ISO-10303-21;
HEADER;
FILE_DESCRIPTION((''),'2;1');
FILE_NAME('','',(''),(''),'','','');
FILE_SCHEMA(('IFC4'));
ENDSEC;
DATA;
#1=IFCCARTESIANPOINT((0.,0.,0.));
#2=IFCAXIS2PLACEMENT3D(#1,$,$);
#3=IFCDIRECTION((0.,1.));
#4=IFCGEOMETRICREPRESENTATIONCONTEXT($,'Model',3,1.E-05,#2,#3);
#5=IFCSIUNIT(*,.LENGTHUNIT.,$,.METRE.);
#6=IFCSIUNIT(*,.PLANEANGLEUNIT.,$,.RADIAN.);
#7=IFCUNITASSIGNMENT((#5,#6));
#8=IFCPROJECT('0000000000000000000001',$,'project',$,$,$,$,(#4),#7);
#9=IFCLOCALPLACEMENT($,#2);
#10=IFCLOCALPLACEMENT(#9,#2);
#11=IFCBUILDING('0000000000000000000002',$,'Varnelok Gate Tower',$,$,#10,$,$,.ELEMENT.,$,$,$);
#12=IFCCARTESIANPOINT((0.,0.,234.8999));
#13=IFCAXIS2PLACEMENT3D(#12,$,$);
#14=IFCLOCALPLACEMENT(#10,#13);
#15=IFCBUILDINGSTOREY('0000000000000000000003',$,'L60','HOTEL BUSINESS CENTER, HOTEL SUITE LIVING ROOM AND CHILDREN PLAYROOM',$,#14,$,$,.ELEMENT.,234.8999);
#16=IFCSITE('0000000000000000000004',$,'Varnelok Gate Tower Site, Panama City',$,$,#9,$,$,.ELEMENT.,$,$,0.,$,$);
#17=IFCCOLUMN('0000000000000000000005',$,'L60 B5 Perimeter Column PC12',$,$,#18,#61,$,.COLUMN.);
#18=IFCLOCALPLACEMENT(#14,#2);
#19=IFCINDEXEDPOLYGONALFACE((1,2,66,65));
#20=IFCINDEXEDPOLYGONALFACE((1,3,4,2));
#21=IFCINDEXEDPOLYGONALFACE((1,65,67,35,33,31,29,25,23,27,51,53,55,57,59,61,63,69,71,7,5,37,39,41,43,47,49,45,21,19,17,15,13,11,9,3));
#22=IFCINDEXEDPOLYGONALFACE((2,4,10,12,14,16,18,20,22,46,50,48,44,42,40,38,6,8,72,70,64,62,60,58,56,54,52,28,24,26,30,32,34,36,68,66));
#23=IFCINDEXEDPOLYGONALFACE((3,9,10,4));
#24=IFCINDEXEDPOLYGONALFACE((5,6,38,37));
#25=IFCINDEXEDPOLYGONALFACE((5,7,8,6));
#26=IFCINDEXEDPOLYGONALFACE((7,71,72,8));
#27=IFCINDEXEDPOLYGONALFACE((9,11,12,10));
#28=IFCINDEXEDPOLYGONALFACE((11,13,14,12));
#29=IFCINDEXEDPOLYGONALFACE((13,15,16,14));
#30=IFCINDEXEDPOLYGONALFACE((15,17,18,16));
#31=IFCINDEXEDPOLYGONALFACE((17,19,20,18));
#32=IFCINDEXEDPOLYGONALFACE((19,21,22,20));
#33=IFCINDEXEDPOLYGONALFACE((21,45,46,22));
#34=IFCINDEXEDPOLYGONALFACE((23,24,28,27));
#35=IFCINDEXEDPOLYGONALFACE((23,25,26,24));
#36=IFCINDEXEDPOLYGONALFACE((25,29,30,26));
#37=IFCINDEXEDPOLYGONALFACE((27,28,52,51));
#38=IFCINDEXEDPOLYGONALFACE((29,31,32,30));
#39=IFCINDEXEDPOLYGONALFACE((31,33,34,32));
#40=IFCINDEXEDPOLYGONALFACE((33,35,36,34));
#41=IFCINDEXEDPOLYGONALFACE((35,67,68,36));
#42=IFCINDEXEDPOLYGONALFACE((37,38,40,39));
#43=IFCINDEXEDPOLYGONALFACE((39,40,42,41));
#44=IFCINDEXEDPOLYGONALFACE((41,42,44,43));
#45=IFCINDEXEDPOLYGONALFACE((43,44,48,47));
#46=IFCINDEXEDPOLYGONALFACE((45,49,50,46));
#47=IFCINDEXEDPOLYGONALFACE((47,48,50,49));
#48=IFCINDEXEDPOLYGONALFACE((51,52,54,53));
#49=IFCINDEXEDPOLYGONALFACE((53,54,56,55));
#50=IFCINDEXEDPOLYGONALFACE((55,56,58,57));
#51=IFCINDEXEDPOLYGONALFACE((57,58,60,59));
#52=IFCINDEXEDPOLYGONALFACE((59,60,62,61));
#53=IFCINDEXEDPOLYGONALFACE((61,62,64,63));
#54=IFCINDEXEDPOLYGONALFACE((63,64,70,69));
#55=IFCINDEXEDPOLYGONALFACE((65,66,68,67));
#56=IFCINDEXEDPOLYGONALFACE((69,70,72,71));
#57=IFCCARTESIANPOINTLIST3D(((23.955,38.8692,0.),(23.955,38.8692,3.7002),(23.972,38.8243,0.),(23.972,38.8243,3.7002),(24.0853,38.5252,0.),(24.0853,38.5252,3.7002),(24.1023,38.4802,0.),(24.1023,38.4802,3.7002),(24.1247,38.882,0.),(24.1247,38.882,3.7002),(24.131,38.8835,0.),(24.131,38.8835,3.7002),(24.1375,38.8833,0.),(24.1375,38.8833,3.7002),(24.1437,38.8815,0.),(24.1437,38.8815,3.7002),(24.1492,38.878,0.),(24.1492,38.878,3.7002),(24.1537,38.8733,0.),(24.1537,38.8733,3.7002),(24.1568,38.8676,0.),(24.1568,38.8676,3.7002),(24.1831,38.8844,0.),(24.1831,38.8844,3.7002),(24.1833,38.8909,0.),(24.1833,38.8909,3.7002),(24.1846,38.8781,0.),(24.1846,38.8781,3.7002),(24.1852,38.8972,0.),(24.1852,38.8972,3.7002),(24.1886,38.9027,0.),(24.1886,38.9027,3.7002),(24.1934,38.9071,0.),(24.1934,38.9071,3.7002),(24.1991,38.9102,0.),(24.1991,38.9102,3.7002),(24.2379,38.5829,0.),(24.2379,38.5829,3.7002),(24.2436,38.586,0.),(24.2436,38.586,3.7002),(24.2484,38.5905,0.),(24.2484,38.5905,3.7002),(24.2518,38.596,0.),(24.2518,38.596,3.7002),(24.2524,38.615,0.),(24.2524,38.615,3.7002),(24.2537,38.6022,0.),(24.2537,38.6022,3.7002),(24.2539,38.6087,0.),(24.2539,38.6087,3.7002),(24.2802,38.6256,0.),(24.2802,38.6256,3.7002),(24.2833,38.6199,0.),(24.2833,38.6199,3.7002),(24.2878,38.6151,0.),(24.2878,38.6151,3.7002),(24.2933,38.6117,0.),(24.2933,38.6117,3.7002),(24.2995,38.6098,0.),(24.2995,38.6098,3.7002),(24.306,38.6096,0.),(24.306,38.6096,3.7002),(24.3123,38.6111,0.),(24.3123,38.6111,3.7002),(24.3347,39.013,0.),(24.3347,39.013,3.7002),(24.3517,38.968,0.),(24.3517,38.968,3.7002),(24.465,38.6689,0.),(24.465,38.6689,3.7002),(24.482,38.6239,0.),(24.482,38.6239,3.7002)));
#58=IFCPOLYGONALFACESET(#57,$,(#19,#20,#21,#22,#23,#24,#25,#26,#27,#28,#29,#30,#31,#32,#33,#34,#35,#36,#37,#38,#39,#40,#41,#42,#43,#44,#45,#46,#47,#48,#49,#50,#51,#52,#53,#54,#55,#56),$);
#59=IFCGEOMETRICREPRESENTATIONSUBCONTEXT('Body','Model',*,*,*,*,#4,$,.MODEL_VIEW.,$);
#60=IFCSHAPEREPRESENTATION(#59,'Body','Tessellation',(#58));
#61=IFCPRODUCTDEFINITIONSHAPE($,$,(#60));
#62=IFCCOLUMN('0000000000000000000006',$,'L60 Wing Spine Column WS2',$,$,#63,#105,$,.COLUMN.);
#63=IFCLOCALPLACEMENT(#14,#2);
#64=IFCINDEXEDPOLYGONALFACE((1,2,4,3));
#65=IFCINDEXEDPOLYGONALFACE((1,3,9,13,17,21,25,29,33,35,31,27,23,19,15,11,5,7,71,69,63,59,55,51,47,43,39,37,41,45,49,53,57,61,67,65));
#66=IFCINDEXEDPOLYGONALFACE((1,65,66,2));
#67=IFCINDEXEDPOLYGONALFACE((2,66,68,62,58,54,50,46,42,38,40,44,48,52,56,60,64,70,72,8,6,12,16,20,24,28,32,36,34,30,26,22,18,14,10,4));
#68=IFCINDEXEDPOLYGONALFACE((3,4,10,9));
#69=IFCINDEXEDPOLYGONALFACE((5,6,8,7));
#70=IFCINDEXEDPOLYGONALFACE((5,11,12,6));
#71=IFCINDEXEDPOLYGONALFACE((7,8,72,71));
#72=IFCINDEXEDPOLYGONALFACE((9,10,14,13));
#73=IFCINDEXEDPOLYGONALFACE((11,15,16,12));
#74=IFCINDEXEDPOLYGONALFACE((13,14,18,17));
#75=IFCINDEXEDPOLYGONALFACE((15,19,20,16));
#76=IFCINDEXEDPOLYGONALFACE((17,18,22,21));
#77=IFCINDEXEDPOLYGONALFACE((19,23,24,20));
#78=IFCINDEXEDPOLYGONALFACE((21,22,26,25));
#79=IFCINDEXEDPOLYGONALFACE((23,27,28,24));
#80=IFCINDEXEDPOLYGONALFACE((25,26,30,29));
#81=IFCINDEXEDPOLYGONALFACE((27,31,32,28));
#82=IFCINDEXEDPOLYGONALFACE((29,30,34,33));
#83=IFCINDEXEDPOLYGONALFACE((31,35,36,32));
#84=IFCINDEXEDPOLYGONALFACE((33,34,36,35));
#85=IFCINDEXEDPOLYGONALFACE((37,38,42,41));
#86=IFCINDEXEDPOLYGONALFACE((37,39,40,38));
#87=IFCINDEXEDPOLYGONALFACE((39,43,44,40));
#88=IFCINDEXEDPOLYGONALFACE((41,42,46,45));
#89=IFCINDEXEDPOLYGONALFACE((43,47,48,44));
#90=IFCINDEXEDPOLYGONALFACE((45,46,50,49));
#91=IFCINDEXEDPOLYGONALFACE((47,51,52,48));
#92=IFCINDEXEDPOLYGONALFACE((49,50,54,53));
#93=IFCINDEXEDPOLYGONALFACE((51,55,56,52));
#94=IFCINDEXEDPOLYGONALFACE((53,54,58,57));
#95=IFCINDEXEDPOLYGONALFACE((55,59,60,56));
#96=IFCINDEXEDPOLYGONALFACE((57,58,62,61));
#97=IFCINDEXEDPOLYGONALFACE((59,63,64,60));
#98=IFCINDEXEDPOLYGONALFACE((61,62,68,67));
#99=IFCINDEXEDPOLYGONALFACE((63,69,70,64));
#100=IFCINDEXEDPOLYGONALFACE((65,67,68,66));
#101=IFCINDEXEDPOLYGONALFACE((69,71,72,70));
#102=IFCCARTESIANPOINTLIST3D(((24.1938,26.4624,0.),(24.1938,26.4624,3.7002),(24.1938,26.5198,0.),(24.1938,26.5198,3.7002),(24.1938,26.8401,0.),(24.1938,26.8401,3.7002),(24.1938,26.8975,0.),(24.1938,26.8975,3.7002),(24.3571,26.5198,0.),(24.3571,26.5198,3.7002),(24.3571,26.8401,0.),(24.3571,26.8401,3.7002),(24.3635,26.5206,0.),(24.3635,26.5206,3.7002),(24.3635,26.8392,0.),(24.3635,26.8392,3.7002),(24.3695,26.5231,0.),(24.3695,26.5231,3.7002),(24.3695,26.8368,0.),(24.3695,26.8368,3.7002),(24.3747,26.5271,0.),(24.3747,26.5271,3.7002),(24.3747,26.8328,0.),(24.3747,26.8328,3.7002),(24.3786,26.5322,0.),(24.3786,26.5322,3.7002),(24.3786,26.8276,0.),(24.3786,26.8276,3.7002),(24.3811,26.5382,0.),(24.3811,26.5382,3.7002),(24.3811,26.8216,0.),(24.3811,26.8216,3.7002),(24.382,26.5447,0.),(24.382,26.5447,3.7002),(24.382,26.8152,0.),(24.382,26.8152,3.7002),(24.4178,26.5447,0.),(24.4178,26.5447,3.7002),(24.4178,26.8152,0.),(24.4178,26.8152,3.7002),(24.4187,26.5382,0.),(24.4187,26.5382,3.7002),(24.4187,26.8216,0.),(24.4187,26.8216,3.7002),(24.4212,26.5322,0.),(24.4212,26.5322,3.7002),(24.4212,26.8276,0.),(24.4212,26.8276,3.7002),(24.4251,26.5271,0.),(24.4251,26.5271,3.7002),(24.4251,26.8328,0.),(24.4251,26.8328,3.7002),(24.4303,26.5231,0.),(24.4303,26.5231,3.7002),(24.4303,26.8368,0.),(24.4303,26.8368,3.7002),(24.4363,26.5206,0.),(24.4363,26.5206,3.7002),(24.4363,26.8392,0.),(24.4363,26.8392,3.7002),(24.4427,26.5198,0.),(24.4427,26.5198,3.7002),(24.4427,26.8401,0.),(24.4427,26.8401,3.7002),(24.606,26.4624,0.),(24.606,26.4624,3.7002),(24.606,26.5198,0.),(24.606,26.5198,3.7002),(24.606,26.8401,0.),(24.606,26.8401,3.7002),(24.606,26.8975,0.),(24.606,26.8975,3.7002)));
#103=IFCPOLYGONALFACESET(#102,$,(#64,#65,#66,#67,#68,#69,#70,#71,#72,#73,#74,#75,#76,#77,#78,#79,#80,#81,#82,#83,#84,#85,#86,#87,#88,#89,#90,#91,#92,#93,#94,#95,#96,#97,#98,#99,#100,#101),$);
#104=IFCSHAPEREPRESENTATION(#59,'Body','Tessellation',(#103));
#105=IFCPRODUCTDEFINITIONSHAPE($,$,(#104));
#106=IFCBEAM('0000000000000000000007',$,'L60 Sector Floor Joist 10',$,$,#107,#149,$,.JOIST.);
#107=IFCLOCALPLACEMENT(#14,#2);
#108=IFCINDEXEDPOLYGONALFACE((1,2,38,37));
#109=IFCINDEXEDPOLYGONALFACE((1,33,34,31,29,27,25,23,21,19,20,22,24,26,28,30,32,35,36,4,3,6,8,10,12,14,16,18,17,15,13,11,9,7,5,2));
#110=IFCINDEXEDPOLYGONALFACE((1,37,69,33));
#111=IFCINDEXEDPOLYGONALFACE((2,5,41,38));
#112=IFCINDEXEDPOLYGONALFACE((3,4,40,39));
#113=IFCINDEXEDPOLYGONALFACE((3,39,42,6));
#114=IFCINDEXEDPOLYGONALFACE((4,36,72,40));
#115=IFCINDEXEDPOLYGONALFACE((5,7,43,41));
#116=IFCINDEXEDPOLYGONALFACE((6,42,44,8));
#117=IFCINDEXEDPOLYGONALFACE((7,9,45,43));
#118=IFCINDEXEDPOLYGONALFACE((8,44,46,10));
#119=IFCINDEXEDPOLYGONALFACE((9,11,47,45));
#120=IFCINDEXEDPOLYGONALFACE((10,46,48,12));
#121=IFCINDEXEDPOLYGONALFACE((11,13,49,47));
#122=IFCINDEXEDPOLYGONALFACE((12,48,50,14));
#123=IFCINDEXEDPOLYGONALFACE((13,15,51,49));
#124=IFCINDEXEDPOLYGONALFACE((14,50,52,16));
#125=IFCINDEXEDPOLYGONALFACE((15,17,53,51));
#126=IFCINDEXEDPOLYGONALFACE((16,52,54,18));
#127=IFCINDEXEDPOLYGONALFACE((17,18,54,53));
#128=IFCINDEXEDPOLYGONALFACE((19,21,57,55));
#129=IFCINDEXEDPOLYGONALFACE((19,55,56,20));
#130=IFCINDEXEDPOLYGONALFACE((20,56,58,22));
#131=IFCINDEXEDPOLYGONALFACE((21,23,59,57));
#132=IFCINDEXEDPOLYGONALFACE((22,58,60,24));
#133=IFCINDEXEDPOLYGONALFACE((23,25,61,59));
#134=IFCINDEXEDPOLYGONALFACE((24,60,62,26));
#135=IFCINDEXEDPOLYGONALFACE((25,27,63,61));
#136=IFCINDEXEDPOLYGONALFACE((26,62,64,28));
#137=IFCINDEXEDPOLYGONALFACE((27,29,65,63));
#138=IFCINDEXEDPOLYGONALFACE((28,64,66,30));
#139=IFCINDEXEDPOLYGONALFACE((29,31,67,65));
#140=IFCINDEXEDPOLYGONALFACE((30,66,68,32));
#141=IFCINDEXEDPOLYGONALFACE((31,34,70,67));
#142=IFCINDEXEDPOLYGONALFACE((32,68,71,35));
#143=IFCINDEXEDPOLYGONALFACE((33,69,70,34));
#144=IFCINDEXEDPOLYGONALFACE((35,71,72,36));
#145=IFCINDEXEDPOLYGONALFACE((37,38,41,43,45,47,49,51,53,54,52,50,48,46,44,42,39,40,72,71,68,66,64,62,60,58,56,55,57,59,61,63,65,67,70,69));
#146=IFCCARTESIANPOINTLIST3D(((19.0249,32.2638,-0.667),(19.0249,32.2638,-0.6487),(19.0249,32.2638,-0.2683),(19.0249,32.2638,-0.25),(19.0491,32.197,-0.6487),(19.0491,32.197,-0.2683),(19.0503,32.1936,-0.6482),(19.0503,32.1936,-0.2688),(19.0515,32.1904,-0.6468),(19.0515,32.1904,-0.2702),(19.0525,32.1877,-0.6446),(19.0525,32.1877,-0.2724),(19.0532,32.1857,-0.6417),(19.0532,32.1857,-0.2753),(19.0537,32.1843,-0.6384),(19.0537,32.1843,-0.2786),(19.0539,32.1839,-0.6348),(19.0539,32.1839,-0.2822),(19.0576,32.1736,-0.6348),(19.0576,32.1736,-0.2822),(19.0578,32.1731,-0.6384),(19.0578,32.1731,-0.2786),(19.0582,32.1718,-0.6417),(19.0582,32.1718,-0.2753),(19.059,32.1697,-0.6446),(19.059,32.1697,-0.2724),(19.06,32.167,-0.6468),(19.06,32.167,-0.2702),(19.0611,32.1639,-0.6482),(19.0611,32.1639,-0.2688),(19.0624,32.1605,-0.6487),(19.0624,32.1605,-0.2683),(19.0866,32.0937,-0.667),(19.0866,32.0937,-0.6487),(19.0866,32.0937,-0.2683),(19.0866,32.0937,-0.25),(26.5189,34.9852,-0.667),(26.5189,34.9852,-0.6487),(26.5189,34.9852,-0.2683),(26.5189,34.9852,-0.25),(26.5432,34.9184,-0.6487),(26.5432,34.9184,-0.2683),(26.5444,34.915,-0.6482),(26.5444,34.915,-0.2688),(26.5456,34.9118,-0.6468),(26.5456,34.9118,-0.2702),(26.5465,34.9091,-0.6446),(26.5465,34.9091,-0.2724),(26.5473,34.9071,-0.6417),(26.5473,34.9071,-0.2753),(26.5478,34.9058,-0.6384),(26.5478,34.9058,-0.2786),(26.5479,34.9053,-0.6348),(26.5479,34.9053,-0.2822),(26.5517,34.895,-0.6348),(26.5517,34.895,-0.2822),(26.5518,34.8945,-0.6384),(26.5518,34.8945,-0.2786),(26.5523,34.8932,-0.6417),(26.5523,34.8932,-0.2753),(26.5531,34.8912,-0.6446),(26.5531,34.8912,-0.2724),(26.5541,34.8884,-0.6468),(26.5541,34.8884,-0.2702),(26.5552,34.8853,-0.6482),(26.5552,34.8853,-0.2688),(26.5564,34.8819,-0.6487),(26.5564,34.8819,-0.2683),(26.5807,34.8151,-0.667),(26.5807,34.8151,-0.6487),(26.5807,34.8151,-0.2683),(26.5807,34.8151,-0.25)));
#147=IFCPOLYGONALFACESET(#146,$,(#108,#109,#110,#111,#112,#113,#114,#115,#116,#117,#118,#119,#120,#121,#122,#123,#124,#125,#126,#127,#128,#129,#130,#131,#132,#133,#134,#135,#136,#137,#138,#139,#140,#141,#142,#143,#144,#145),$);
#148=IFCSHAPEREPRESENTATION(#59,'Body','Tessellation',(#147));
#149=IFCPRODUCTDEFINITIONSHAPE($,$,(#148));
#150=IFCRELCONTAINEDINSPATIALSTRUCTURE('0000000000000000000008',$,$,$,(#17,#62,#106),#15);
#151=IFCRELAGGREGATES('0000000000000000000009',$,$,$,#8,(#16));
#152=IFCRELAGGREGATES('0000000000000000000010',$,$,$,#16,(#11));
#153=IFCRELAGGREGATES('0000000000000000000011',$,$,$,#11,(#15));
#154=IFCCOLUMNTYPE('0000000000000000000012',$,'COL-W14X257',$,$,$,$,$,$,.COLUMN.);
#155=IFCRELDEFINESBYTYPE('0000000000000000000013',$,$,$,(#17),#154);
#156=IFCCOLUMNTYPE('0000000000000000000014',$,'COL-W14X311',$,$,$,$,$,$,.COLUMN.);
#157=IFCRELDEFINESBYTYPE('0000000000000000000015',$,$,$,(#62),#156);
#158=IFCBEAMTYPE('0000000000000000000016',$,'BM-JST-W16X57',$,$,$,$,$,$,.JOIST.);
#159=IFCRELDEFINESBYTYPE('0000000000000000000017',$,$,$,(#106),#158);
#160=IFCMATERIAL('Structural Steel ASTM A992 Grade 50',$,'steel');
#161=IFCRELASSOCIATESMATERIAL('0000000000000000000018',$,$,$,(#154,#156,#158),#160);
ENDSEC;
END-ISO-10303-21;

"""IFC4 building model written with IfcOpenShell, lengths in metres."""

from ifc_helpers import new_model, si_unit, direction, frame, origin, origin_2d, place, context, subcontext, project, spatial, i_section, extrude, material, material_profile, profile_set, type_object, element, save


model = new_model("IFC4")

# Units and contexts
model_context = context("Model", 3, precision=1e-05, world=origin(), true_north=direction((0.0, 1.0)))
body_context = subcontext(model_context, "Body", "Model", "MODEL_VIEW")
ifc_project = project(units=[si_unit("LENGTHUNIT", "METRE"), si_unit("PLANEANGLEUNIT", "RADIAN")], contexts=[model_context])

# Site, building, storey
site_placement = place(None, origin())
site = spatial("IfcSite", under=ifc_project, at=site_placement, Name="Varnelok Gate Tower Site, Panama City", CompositionType="ELEMENT", RefElevation=0.0)
building_placement = place(site_placement, origin())
building = spatial("IfcBuilding", under=site, at=building_placement, Name="Varnelok Gate Tower", CompositionType="ELEMENT")
storey_placement = place(building_placement, frame((0.0, 0.0, 234.8999)))
storey = spatial("IfcBuildingStorey", under=building, at=storey_placement, Name="L60", Description="HOTEL BUSINESS CENTER, HOTEL SUITE LIVING ROOM AND CHILDREN PLAYROOM", CompositionType="ELEMENT", Elevation=234.8999)

# Columns
ifc_material_1 = material(Name="Structural Steel ASTM A992 Grade 50", Category="steel")
ifc_material_profile_1 = material_profile(ifc_material_1, i_section(OverallWidth=0.406, OverallDepth=0.416, WebThickness=0.0298, FlangeThickness=0.0481, FilletRadius=0.0249, at=origin_2d()), Name="W14X257")
ifc_profile_set_1 = profile_set([ifc_material_profile_1], Name="Structural Steel ASTM A992 Grade 50")
column_type_1 = type_object("IfcColumnType", Name="COL-W14X257", PredefinedType="COLUMN", material=ifc_profile_set_1)
column_1_placement = place(storey_placement, frame((24.2185, 38.7466, 0.0), z_axis=(0.0, 0.0, 1.0), x_axis=(0.935222, 0.354063, 0.0)))
element("IfcColumn", 1, at=column_1_placement, inside=storey, type_object=column_type_1, Name="L60 B5 Perimeter Column PC12", PredefinedType="COLUMN", context=body_context, shape_type="SweptSolid", body=[
    extrude(i_section(OverallWidth=0.406, OverallDepth=0.416, WebThickness=0.0298, FlangeThickness=0.0481, FilletRadius=0.0249, at=origin_2d()), origin(), (0.0, 0.0, 1.0), 3.7002),
])
ifc_material_profile_2 = material_profile(ifc_material_1, i_section(OverallWidth=0.4121, OverallDepth=0.4351, WebThickness=0.0359, FlangeThickness=0.0574, FilletRadius=0.0249, at=origin_2d()), Name="W14X311")
ifc_profile_set_2 = profile_set([ifc_material_profile_2], Name="Structural Steel ASTM A992 Grade 50")
column_type_2 = type_object("IfcColumnType", Name="COL-W14X311", PredefinedType="COLUMN", material=ifc_profile_set_2)
column_2_placement = place(storey_placement, frame((24.3999, 26.6799, 0.0), z_axis=(0.0, 0.0, 1.0), x_axis=(1.0, 0.0, 0.0)))
element("IfcColumn", 2, at=column_2_placement, inside=storey, type_object=column_type_2, Name="L60 Wing Spine Column WS2", PredefinedType="COLUMN", context=body_context, shape_type="SweptSolid", body=[
    extrude(i_section(OverallWidth=0.4121, OverallDepth=0.4351, WebThickness=0.0359, FlangeThickness=0.0574, FilletRadius=0.0249, at=origin_2d()), origin(), (0.0, 0.0, 1.0), 3.7002),
])

# Beam
ifc_material_profile_3 = material_profile(ifc_material_1, i_section(OverallWidth=0.1809, OverallDepth=0.417, WebThickness=0.011, FlangeThickness=0.0183, FilletRadius=0.0139, at=origin_2d()), Name="W16X57")
ifc_profile_set_3 = profile_set([ifc_material_profile_3], Name="Structural Steel ASTM A992 Grade 50")
beam_type_1 = type_object("IfcBeamType", Name="BM-JST-W16X57", PredefinedType="JOIST", material=ifc_profile_set_3)
beam_1_placement = place(storey_placement, frame((26.5498, 34.9001, -0.4585), z_axis=(-0.939943, -0.341332, 0.0), x_axis=(0.341332, -0.939943, 0.0)))
element("IfcBeam", 3, at=beam_1_placement, inside=storey, type_object=beam_type_1, Name="L60 Sector Floor Joist 10", PredefinedType="JOIST", context=body_context, shape_type="SweptSolid", body=[
    extrude(i_section(OverallWidth=0.1809, OverallDepth=0.417, WebThickness=0.011, FlangeThickness=0.0183, FilletRadius=0.0139, at=origin_2d()), origin(), (0.0, 0.0, 1.0), 7.9729),
])

save(model, "model.ifc")
